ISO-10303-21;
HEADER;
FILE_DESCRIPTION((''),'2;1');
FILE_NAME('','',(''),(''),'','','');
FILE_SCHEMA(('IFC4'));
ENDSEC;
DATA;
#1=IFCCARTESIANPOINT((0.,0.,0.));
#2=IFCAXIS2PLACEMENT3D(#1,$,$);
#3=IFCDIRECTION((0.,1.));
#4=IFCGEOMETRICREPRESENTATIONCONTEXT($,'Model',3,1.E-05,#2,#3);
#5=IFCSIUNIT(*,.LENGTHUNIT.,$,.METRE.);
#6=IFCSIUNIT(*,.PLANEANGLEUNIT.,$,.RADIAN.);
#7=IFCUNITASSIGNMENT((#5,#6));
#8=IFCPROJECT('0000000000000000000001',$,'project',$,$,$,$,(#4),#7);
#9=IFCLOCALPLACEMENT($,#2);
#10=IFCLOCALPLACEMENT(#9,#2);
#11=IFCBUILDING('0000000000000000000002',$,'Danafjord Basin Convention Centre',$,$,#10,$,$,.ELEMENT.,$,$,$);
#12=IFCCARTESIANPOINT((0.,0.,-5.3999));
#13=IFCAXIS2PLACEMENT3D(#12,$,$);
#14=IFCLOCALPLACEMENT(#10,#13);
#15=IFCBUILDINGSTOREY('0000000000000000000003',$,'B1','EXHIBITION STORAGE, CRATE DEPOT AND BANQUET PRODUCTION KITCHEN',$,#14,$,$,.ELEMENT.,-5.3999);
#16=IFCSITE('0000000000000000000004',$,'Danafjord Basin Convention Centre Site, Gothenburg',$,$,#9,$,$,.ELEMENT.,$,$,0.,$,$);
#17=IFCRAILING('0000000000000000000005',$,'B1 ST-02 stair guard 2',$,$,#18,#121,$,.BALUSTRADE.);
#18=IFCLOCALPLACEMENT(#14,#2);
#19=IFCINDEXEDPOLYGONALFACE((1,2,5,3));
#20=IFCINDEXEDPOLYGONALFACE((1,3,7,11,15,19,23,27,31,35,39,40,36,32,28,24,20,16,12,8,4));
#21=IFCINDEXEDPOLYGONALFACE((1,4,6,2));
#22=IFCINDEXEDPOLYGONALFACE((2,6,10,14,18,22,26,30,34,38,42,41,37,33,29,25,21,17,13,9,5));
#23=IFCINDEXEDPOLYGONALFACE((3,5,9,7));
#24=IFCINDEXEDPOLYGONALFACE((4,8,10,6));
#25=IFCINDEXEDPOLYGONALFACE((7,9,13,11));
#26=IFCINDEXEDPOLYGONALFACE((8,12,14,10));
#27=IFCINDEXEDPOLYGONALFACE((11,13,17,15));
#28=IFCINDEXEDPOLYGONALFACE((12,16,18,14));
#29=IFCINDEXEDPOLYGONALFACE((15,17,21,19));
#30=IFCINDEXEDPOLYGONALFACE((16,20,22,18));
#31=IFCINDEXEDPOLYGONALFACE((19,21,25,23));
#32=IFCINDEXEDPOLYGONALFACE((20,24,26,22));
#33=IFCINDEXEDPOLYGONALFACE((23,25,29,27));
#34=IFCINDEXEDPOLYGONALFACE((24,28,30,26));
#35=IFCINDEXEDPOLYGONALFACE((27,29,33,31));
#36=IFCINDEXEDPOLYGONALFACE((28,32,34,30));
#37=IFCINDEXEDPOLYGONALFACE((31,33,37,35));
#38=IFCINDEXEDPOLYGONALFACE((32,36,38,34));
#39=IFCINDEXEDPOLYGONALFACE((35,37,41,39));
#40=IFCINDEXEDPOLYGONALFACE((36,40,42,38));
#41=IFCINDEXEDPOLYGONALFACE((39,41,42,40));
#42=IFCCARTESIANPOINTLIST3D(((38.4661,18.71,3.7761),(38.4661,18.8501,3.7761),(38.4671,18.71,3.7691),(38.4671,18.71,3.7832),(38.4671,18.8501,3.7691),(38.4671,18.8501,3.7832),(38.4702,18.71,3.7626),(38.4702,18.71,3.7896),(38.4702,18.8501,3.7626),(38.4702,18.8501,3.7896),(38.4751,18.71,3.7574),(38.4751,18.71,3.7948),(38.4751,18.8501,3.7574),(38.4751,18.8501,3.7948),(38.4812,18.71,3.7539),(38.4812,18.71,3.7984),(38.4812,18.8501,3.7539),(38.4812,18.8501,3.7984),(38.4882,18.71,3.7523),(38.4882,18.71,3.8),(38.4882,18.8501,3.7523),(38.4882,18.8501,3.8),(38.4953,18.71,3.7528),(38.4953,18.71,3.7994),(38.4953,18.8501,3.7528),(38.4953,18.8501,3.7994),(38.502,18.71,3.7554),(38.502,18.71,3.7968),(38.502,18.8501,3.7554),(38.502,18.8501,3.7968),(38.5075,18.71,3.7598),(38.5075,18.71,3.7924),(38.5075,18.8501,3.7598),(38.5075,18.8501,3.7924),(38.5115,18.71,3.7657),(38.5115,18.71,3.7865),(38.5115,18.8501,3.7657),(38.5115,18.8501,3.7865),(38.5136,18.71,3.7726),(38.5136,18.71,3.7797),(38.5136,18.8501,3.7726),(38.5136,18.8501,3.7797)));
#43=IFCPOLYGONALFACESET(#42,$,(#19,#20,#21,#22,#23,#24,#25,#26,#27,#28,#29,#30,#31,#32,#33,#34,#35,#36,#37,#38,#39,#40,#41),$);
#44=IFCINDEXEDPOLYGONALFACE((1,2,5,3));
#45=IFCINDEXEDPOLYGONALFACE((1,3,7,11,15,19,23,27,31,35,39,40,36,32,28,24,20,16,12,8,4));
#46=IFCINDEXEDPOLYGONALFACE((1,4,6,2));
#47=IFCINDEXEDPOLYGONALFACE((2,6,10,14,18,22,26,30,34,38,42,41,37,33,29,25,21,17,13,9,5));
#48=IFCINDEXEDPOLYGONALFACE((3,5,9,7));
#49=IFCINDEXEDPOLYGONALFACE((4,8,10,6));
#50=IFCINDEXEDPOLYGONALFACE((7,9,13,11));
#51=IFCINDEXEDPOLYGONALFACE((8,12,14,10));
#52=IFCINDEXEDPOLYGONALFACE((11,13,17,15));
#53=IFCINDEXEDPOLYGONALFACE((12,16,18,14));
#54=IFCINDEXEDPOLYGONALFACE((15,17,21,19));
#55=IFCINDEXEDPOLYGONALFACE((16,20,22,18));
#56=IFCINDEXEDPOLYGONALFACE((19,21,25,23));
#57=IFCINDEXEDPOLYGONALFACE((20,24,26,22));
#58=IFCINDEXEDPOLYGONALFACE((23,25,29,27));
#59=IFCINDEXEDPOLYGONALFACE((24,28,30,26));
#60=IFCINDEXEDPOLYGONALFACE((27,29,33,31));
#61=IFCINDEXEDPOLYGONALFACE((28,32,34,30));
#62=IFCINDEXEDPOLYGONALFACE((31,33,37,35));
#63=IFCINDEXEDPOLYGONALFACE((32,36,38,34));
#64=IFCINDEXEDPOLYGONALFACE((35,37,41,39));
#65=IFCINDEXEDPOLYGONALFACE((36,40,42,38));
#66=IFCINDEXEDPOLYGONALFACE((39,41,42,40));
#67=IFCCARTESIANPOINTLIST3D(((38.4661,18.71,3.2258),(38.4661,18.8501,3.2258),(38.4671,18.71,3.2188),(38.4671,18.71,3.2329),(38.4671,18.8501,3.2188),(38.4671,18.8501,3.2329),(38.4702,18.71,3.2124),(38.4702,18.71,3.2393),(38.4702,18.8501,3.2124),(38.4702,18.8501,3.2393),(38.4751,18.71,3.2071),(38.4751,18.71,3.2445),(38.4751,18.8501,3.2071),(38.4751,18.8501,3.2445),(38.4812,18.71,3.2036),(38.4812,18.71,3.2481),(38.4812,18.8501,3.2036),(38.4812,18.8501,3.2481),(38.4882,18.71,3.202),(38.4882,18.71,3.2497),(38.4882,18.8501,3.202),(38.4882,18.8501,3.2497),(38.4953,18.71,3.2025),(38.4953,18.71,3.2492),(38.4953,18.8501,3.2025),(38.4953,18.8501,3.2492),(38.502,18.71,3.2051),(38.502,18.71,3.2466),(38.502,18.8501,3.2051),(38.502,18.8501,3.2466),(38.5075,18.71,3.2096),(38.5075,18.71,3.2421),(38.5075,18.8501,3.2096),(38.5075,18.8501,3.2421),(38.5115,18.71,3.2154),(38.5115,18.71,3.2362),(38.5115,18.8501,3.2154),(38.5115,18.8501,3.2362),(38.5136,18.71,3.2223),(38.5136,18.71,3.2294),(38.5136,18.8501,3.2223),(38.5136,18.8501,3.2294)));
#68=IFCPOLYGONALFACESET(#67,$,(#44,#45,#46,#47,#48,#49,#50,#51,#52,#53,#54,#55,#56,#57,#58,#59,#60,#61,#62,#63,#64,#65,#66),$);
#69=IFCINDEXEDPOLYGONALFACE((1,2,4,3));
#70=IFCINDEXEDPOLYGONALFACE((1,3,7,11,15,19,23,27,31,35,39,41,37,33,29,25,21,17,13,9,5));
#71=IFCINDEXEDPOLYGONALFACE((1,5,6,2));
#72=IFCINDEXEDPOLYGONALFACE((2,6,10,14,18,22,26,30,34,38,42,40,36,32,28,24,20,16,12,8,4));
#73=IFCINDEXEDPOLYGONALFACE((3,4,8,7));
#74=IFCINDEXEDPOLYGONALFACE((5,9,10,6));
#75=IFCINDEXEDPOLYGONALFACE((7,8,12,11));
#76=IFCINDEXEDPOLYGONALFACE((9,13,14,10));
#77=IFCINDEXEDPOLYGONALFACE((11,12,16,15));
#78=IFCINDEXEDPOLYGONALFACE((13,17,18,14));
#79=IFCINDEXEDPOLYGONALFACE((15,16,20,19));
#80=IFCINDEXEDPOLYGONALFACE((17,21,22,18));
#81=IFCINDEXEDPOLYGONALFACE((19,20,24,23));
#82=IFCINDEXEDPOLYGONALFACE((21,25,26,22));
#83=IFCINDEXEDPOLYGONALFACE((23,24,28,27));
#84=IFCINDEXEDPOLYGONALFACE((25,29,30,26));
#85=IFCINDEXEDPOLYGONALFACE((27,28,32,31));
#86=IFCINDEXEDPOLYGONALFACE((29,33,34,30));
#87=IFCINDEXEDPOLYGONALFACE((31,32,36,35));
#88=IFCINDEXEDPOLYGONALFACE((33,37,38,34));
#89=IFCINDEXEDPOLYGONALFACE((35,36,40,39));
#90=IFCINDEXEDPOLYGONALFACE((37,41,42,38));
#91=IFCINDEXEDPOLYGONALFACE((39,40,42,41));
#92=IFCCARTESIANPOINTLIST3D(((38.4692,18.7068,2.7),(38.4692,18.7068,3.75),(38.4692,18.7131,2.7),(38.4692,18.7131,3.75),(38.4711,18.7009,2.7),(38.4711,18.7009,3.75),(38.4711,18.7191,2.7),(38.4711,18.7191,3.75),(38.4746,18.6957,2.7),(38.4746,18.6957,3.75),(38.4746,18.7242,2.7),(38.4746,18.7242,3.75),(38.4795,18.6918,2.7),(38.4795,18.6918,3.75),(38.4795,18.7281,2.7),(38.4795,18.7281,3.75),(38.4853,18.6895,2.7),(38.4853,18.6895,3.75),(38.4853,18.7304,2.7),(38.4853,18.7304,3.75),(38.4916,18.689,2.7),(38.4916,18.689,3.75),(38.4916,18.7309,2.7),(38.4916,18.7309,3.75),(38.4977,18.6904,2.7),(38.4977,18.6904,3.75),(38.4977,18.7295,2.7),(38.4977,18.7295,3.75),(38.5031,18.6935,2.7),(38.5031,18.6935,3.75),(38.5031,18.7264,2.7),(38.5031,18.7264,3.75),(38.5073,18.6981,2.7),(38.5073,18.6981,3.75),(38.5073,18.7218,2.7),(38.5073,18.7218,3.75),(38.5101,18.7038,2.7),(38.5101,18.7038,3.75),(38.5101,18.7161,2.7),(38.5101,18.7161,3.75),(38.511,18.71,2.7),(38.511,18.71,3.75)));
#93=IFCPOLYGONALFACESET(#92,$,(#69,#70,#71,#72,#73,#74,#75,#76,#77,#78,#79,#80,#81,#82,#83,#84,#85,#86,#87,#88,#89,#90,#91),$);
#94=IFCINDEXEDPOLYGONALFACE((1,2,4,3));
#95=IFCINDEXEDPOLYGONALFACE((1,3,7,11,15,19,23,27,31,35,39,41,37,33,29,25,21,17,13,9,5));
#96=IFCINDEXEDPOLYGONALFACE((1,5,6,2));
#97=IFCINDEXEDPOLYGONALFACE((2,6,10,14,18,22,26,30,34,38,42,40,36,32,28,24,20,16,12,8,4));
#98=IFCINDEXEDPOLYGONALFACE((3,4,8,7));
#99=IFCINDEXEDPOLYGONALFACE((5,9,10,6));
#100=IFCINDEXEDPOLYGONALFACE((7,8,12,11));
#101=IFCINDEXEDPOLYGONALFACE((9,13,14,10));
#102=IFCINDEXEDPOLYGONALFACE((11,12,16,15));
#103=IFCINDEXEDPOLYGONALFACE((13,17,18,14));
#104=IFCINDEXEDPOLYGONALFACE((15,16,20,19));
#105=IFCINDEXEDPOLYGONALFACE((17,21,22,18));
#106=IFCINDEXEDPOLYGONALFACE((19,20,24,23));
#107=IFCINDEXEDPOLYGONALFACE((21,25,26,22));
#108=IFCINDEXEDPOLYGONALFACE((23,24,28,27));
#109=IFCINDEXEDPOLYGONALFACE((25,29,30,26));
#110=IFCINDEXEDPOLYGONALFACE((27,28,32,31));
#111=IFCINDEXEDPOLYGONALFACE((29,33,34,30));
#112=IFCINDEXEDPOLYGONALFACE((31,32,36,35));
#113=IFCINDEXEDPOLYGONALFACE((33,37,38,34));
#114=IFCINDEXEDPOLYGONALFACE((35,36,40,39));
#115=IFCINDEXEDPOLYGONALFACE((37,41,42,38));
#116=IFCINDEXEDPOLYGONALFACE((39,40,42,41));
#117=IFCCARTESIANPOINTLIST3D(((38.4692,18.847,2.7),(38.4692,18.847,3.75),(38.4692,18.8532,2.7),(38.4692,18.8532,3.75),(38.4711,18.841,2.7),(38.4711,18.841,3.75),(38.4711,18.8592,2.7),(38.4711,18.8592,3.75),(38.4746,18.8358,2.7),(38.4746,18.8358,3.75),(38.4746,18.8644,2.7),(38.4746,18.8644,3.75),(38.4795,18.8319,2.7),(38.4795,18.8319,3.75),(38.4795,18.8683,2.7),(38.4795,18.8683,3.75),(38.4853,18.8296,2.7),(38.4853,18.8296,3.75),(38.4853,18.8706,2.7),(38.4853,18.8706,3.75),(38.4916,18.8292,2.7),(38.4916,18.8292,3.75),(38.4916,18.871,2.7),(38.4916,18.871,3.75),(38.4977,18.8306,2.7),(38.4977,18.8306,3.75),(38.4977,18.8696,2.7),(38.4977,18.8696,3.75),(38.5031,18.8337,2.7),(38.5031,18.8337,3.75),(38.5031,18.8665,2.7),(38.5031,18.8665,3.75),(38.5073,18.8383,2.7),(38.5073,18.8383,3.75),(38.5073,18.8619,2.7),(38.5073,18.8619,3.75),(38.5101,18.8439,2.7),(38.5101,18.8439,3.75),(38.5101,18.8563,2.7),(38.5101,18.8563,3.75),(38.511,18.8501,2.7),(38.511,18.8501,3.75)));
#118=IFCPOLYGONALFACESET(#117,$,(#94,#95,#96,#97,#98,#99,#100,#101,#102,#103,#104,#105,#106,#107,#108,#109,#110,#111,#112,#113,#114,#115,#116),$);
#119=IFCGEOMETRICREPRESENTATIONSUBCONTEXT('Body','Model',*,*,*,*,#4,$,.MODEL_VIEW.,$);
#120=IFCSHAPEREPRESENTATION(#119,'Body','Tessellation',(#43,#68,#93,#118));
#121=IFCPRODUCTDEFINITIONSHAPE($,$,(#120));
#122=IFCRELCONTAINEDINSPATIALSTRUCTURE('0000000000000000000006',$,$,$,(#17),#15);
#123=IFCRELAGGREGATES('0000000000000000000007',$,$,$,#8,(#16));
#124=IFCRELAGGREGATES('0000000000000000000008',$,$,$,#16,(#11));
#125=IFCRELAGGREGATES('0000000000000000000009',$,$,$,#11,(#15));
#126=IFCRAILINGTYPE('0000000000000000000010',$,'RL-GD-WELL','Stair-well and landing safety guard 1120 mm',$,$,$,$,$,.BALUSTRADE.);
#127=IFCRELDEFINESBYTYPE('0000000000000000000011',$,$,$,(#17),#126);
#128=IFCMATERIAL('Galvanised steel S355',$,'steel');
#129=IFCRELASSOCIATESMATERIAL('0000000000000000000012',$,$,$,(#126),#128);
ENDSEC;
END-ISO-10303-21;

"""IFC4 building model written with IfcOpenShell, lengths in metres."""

from ifc_helpers import new_model, si_unit, direction, frame, origin, origin_2d, place, context, subcontext, project, spatial, circle, extrude, material, type_object, element, save


model = new_model("IFC4")

# Units and contexts
model_context = context("Model", 3, precision=1e-05, world=origin(), true_north=direction((0.0, 1.0)))
body_context = subcontext(model_context, "Body", "Model", "MODEL_VIEW")
ifc_project = project(units=[si_unit("LENGTHUNIT", "METRE"), si_unit("PLANEANGLEUNIT", "RADIAN")], contexts=[model_context])

# Site, building, storey
site_placement = place(None, origin())
site = spatial("IfcSite", under=ifc_project, at=site_placement, Name="Danafjord Basin Convention Centre Site, Gothenburg", CompositionType="ELEMENT", RefElevation=0.0)
building_placement = place(site_placement, origin())
building = spatial("IfcBuilding", under=site, at=building_placement, Name="Danafjord Basin Convention Centre", CompositionType="ELEMENT")
storey_placement = place(building_placement, frame((0.0, 0.0, -5.3999)))
storey = spatial("IfcBuildingStorey", under=building, at=storey_placement, Name="B1", Description="EXHIBITION STORAGE, CRATE DEPOT AND BANQUET PRODUCTION KITCHEN", CompositionType="ELEMENT", Elevation=-5.3999)

# Railing
ifc_material_1 = material(Name="Galvanised steel S355", Category="steel")
railing_type_1 = type_object("IfcRailingType", Name="RL-GD-WELL", Description="Stair-well and landing safety guard 1120 mm", PredefinedType="BALUSTRADE", material=ifc_material_1)
railing_1_placement = place(storey_placement, frame((38.49, 18.71, 2.7)))
element("IfcRailing", 1, at=railing_1_placement, inside=storey, type_object=railing_type_1, Name="B1 ST-02 stair guard 2", PredefinedType="BALUSTRADE", context=body_context, shape_type="SweptSolid", body=[
    extrude(circle(Radius=0.0239, at=origin_2d()), frame((0.0, 0.0, 1.0762), z_axis=(0.0, 1.0, 0.0), x_axis=(-1.0, 0.0, 0.0)), (0.0, 0.0, 1.0), 0.1401),
    extrude(circle(Radius=0.0239, at=origin_2d()), frame((0.0, 0.0, 0.5259), z_axis=(0.0, 1.0, 0.0), x_axis=(-1.0, 0.0, 0.0)), (0.0, 0.0, 1.0), 0.1401),
    extrude(circle(Radius=0.021, at=origin_2d()), origin(), (0.0, 0.0, 1.0), 1.05),
    extrude(circle(Radius=0.021, at=origin_2d()), frame((0.0, 0.1401, 0.0)), (0.0, 0.0, 1.0), 1.05),
])

save(model, "model.ifc")
